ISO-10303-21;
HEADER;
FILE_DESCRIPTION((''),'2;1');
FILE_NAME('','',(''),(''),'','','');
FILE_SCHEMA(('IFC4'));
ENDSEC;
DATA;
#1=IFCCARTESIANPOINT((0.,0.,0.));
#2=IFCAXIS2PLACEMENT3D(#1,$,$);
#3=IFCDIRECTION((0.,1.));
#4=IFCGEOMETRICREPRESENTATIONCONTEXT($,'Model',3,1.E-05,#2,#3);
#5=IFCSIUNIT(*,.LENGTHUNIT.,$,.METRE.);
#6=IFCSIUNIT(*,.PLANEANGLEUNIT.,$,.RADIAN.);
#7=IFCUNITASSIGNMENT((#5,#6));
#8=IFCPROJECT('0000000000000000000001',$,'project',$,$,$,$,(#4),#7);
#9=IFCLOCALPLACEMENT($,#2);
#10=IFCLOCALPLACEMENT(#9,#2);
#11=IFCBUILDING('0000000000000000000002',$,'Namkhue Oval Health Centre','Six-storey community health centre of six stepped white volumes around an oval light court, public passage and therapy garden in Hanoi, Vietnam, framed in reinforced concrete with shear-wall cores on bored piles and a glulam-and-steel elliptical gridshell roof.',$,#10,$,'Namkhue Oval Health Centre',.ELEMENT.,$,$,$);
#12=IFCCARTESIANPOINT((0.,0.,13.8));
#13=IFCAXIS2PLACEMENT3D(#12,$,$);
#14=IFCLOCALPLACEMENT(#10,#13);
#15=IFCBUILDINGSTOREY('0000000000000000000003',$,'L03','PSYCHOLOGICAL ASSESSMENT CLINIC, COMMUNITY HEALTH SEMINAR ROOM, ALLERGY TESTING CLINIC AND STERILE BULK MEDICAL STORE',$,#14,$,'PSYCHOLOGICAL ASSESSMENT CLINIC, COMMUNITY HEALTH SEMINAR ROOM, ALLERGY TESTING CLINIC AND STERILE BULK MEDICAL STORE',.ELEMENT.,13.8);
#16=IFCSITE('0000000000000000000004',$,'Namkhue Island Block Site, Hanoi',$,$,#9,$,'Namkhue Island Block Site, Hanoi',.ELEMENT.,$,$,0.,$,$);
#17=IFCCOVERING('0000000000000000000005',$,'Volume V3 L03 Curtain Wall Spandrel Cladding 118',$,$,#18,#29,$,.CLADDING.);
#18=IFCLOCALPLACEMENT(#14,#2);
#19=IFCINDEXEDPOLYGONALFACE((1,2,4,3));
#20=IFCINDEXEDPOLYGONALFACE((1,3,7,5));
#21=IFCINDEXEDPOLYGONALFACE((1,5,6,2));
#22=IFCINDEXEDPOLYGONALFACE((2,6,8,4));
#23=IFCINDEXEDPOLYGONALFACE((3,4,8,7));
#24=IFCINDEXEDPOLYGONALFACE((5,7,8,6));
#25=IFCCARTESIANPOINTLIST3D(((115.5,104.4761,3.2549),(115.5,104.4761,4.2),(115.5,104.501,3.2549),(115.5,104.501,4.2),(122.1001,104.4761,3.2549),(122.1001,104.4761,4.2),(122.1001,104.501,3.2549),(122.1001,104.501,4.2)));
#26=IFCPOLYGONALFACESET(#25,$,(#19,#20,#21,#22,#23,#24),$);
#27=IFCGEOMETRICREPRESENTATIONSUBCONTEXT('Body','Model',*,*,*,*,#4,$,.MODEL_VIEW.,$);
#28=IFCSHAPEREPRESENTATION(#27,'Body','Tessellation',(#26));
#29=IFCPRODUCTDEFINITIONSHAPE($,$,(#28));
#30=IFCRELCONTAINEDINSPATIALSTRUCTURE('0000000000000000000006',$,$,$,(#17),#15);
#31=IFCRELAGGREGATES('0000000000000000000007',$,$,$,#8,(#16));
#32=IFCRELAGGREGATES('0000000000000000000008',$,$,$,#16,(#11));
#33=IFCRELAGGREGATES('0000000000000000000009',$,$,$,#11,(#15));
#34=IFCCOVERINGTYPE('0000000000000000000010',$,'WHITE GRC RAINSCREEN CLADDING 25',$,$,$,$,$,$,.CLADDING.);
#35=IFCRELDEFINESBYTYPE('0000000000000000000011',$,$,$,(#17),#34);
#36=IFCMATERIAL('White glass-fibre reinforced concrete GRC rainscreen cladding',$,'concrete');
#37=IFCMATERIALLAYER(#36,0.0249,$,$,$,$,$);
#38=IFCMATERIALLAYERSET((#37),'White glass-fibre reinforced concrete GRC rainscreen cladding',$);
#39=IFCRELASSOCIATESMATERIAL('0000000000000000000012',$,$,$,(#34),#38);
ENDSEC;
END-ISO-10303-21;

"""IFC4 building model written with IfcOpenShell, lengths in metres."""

from ifc_helpers import new_model, si_unit, direction, frame, origin, origin_2d, place, context, subcontext, project, spatial, rectangle, extrude, material, layer, layer_set, type_object, element, save


model = new_model("IFC4")

# Units and contexts
model_context = context("Model", 3, precision=1e-05, world=origin(), true_north=direction((0.0, 1.0)))
body_context = subcontext(model_context, "Body", "Model", "MODEL_VIEW")
ifc_project = project(units=[si_unit("LENGTHUNIT", "METRE"), si_unit("PLANEANGLEUNIT", "RADIAN")], contexts=[model_context])

# Site, building, storey
site_placement = place(None, origin())
site = spatial("IfcSite", under=ifc_project, at=site_placement, Name="Namkhue Island Block Site, Hanoi", LongName="Namkhue Island Block Site, Hanoi", CompositionType="ELEMENT", RefElevation=0.0)
building_placement = place(site_placement, origin())
building = spatial("IfcBuilding", under=site, at=building_placement, Name="Namkhue Oval Health Centre", Description="Six-storey community health centre of six stepped white volumes around an oval light court, public passage and therapy garden in Hanoi, Vietnam, framed in reinforced concrete with shear-wall cores on bored piles and a glulam-and-steel elliptical gridshell roof.", LongName="Namkhue Oval Health Centre", CompositionType="ELEMENT")
storey_placement = place(building_placement, frame((0.0, 0.0, 13.8)))
storey = spatial("IfcBuildingStorey", under=building, at=storey_placement, Name="L03", Description="PSYCHOLOGICAL ASSESSMENT CLINIC, COMMUNITY HEALTH SEMINAR ROOM, ALLERGY TESTING CLINIC AND STERILE BULK MEDICAL STORE", LongName="PSYCHOLOGICAL ASSESSMENT CLINIC, COMMUNITY HEALTH SEMINAR ROOM, ALLERGY TESTING CLINIC AND STERILE BULK MEDICAL STORE", CompositionType="ELEMENT", Elevation=13.8)

# Covering
ifc_material_1 = material(Name="White glass-fibre reinforced concrete GRC rainscreen cladding", Category="concrete")
ifc_layer_1 = layer(ifc_material_1, 0.0249)
ifc_layer_set_1 = layer_set([ifc_layer_1], Name="White glass-fibre reinforced concrete GRC rainscreen cladding")
covering_type = type_object("IfcCoveringType", Name="WHITE GRC RAINSCREEN CLADDING 25", PredefinedType="CLADDING", material=ifc_layer_set_1)
covering_placement = place(storey_placement, frame((118.8, 104.4885, 3.2549), z_axis=(0.0, 0.0, 1.0), x_axis=(-1.0, 0.0, 0.0)))
element("IfcCovering", 1, at=covering_placement, inside=storey, type_object=covering_type, Name="Volume V3 L03 Curtain Wall Spandrel Cladding 118", PredefinedType="CLADDING", context=body_context, shape_type="SweptSolid", body=[
    extrude(rectangle(XDim=6.6001, YDim=0.0249, at=origin_2d()), origin(), (0.0, 0.0, 1.0), 0.9451),
])

save(model, "model.ifc")
